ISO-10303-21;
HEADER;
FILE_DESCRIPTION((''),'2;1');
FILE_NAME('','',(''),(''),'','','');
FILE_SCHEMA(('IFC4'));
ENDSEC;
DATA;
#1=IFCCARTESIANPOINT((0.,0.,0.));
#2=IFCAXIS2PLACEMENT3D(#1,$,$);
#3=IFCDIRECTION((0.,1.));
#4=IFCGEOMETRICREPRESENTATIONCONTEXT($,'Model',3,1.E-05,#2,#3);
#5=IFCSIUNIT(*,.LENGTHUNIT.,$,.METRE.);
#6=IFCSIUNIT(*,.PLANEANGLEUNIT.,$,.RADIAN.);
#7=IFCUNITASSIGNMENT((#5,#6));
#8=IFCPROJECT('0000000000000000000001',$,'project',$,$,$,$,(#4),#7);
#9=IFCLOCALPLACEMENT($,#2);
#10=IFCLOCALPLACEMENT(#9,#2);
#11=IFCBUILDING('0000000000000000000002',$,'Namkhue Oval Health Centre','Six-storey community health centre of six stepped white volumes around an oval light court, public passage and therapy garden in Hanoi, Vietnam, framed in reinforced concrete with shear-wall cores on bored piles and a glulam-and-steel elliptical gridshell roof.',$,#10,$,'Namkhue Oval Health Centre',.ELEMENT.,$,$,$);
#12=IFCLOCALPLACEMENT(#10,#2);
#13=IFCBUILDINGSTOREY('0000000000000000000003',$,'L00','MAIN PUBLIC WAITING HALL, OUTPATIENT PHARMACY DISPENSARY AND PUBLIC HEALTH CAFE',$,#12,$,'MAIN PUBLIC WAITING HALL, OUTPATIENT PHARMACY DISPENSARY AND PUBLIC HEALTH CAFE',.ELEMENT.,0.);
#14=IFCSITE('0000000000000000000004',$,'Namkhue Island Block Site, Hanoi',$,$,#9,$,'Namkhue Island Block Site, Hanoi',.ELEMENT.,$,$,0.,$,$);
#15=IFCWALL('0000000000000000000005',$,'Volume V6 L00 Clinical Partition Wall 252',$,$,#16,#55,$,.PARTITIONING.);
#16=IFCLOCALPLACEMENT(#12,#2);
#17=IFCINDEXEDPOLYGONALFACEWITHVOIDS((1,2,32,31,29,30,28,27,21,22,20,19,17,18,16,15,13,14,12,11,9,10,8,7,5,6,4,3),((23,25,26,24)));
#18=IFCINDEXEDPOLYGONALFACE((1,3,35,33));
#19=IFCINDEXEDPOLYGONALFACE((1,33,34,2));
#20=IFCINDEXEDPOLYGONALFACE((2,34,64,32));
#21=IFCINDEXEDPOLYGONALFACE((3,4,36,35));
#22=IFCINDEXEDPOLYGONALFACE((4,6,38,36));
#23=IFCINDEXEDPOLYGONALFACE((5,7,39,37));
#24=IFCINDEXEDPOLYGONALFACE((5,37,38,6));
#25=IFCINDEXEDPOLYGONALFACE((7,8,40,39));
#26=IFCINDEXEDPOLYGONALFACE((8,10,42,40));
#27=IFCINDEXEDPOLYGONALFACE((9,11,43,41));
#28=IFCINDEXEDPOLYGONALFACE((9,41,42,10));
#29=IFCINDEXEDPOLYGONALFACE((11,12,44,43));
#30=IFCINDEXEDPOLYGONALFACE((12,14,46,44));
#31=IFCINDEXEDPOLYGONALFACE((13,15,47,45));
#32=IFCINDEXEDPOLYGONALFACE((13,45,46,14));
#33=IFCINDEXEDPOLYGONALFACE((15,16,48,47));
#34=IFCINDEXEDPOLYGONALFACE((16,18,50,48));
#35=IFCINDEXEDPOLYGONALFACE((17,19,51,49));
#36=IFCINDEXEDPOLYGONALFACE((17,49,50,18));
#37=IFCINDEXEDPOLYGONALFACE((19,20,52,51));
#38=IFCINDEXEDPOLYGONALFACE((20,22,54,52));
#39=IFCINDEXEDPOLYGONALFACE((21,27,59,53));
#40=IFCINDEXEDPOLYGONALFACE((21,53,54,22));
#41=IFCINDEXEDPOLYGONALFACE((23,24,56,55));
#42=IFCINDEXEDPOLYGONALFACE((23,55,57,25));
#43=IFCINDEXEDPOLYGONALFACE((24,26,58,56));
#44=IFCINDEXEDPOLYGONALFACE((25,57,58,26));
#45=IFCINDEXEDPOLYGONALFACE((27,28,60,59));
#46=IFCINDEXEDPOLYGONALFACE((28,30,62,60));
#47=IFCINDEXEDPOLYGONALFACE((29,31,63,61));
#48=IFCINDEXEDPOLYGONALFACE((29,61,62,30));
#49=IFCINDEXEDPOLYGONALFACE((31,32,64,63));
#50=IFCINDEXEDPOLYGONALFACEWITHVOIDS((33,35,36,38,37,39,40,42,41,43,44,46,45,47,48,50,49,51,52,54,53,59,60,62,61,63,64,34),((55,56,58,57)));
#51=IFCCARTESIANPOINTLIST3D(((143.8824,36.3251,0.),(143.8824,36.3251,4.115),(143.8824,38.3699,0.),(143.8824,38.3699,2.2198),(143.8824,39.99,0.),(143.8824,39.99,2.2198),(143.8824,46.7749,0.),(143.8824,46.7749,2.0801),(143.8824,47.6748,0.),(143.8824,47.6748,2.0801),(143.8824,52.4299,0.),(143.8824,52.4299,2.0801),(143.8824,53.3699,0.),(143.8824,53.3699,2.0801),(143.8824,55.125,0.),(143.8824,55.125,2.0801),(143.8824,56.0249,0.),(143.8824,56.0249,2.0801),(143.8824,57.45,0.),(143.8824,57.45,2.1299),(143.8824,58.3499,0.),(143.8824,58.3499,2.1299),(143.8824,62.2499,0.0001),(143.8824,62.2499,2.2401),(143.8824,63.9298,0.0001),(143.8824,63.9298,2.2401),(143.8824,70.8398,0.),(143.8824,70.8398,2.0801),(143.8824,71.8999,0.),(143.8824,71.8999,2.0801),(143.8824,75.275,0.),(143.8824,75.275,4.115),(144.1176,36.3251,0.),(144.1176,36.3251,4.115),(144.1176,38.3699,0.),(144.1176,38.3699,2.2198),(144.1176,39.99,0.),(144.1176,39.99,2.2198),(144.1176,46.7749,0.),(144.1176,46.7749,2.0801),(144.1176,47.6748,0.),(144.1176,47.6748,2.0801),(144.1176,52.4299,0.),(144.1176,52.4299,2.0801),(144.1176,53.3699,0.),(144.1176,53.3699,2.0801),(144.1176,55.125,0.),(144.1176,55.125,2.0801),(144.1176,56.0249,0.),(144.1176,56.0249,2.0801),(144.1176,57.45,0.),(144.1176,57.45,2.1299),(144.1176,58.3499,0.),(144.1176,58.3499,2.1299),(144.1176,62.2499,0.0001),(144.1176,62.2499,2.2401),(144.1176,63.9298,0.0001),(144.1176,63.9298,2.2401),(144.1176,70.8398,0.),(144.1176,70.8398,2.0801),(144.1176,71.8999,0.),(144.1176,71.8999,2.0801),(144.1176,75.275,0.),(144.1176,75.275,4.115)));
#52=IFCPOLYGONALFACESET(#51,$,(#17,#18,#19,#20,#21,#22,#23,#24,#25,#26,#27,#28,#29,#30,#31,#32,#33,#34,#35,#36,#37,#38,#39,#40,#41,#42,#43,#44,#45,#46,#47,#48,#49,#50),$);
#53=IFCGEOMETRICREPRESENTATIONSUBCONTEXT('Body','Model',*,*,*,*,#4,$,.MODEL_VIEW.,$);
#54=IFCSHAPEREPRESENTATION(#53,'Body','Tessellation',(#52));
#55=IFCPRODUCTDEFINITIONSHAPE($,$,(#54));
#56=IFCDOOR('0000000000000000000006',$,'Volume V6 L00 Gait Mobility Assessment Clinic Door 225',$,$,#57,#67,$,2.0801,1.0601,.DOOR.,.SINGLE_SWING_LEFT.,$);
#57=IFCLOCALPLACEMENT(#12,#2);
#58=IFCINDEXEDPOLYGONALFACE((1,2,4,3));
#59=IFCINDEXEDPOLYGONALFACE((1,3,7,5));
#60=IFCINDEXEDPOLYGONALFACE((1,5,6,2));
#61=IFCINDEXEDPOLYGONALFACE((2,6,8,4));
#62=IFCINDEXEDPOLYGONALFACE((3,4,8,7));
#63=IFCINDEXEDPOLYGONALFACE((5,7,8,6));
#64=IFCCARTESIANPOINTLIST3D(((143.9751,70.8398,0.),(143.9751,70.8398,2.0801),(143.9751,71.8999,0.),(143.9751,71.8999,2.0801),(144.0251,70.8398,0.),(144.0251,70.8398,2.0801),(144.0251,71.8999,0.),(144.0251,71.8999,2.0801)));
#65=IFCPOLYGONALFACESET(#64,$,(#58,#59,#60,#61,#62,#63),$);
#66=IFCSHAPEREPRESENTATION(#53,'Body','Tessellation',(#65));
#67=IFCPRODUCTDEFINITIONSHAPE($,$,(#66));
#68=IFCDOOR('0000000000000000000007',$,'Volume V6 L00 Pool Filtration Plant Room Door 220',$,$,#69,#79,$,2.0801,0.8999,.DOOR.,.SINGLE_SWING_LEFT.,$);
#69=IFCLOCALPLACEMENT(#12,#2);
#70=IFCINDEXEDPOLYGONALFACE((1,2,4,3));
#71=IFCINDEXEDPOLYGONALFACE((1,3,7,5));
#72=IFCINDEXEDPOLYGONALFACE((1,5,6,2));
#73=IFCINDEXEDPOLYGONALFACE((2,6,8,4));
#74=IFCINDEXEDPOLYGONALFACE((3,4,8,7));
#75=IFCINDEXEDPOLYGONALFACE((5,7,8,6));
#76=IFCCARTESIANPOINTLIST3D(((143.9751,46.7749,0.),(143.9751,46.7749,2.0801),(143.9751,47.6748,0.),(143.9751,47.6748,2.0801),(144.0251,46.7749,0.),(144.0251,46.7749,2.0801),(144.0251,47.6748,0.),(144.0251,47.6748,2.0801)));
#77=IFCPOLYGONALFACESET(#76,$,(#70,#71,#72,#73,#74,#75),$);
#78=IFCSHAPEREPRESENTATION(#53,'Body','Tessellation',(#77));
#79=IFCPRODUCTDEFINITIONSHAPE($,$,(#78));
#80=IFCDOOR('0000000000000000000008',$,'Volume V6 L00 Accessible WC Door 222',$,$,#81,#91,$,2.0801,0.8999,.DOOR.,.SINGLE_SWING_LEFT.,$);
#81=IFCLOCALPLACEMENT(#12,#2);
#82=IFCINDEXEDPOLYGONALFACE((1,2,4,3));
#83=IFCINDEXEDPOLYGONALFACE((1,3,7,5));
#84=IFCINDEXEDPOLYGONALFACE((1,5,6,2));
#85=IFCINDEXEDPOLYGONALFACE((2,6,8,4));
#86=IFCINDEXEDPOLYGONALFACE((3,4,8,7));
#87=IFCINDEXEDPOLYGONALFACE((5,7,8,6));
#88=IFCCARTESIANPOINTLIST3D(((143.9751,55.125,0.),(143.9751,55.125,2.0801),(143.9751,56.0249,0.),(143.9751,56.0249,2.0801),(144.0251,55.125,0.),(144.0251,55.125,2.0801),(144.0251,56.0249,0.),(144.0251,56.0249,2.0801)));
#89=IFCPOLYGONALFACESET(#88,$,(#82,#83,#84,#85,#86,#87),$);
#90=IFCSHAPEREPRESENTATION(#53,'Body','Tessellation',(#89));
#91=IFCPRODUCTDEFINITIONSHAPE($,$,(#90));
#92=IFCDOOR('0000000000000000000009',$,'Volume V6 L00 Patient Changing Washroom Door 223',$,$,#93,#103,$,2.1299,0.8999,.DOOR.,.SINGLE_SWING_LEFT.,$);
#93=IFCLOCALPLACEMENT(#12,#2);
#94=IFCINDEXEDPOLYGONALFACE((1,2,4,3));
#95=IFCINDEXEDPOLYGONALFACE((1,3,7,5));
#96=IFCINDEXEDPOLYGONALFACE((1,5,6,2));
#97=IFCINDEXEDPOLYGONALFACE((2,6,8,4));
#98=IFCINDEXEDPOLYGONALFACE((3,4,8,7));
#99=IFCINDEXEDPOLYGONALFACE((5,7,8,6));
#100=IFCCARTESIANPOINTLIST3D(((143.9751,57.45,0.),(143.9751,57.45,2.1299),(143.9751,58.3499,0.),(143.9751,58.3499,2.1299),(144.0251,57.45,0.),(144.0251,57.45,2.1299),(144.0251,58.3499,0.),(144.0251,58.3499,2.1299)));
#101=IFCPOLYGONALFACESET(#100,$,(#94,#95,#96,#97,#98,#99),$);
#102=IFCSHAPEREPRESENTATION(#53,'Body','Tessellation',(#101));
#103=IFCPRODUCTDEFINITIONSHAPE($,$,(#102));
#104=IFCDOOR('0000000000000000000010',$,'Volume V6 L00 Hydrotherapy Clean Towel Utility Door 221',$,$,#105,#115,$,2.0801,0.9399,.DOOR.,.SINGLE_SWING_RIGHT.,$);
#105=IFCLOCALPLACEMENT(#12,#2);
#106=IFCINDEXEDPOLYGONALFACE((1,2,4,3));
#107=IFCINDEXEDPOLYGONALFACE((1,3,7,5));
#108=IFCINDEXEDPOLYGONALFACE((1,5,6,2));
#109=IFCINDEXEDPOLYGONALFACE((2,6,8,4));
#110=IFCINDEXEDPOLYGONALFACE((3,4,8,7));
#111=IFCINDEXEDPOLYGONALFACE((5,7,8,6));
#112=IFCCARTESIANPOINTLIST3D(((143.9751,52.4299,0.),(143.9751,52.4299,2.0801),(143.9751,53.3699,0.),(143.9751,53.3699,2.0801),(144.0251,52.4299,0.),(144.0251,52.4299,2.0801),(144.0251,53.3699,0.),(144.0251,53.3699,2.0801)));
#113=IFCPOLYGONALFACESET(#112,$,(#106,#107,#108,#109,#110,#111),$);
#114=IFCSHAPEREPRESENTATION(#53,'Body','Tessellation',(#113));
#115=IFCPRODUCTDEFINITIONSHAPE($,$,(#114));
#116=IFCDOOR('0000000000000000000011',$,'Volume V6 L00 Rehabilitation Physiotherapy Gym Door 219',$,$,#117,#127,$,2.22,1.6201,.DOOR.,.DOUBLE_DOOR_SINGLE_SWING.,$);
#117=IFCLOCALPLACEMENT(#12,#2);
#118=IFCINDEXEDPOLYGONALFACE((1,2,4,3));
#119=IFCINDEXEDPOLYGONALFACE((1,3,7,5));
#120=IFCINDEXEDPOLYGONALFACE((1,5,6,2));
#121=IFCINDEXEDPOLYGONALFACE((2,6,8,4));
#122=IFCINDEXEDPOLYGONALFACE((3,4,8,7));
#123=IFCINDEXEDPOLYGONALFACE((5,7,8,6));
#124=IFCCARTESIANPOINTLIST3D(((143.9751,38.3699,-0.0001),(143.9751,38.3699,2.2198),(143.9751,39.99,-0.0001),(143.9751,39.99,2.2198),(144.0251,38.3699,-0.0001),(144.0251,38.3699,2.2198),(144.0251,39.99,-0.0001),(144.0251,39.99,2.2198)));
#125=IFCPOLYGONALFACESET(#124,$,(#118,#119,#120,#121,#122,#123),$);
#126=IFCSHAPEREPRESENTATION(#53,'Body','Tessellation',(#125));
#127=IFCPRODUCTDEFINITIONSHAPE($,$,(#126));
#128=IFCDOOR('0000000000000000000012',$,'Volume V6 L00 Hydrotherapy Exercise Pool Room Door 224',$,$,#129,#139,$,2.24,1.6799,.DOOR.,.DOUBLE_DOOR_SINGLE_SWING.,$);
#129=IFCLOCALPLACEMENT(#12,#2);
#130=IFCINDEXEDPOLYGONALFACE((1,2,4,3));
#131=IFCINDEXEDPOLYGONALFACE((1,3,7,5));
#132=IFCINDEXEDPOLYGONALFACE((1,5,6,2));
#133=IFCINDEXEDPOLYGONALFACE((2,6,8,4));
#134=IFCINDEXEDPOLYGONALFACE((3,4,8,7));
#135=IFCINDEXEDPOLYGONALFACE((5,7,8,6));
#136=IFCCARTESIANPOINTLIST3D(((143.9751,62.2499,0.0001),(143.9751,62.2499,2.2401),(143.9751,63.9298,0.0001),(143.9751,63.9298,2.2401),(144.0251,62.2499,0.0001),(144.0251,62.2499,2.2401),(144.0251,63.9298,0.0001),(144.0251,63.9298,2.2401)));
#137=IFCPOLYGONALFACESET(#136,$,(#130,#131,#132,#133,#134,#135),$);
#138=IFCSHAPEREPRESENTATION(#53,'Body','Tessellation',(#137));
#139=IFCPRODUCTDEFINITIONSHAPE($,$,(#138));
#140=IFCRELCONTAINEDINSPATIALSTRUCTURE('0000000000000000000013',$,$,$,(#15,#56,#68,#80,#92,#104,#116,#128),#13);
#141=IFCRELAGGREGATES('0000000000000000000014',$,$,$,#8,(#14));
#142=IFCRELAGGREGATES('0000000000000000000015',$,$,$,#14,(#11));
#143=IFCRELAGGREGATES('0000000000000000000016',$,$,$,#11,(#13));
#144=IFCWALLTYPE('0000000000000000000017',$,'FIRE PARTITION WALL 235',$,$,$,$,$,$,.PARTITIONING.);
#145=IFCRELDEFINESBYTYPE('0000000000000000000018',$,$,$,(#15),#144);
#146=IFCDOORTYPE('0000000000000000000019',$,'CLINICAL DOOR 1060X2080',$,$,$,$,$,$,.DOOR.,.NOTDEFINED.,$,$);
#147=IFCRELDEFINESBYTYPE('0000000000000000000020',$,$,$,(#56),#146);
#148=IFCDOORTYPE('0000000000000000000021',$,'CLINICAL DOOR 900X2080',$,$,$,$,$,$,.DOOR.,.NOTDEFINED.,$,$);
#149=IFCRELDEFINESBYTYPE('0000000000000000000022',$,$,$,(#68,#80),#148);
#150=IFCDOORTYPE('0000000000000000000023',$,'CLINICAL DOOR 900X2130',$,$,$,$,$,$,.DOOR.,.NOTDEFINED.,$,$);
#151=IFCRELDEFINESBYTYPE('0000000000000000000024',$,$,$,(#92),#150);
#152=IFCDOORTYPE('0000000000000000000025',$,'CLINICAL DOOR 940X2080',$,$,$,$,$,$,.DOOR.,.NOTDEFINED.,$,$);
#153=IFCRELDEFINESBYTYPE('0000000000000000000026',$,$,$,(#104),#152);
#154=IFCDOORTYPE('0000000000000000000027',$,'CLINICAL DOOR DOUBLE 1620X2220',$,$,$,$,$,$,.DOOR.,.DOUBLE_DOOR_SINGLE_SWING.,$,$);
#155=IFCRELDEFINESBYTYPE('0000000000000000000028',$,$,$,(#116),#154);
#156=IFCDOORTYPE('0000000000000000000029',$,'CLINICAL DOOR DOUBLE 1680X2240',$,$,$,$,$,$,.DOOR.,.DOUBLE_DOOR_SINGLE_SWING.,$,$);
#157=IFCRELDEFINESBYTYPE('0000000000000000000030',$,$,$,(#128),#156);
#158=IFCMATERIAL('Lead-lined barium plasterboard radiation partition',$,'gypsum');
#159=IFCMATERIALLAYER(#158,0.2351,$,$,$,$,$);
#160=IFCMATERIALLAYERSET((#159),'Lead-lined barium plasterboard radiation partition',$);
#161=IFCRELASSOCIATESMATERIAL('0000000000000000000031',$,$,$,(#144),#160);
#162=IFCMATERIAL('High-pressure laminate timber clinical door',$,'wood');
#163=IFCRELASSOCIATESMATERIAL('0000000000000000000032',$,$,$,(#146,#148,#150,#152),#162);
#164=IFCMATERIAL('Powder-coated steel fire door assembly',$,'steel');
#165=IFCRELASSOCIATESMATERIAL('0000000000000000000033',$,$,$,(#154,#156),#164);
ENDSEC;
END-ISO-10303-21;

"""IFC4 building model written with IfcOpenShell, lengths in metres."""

from ifc_helpers import new_model, si_unit, direction, frame, frame_2d, origin, place, context, subcontext, project, spatial, rectangle, extrude, material, layer, layer_set, type_object, element, fill, save


model = new_model("IFC4")

# Units and contexts
model_context = context("Model", 3, precision=1e-05, world=origin(), true_north=direction((0.0, 1.0)))
body_context = subcontext(model_context, "Body", "Model", "MODEL_VIEW")
ifc_project = project(units=[si_unit("LENGTHUNIT", "METRE"), si_unit("PLANEANGLEUNIT", "RADIAN")], contexts=[model_context])

# Site, building, storey
site_placement = place(None, origin())
site = spatial("IfcSite", under=ifc_project, at=site_placement, Name="Namkhue Island Block Site, Hanoi", LongName="Namkhue Island Block Site, Hanoi", CompositionType="ELEMENT", RefElevation=0.0)
building_placement = place(site_placement, origin())
building = spatial("IfcBuilding", under=site, at=building_placement, Name="Namkhue Oval Health Centre", Description="Six-storey community health centre of six stepped white volumes around an oval light court, public passage and therapy garden in Hanoi, Vietnam, framed in reinforced concrete with shear-wall cores on bored piles and a glulam-and-steel elliptical gridshell roof.", LongName="Namkhue Oval Health Centre", CompositionType="ELEMENT")
storey_placement = place(building_placement, origin())
storey = spatial("IfcBuildingStorey", under=building, at=storey_placement, Name="L00", Description="MAIN PUBLIC WAITING HALL, OUTPATIENT PHARMACY DISPENSARY AND PUBLIC HEALTH CAFE", LongName="MAIN PUBLIC WAITING HALL, OUTPATIENT PHARMACY DISPENSARY AND PUBLIC HEALTH CAFE", CompositionType="ELEMENT", Elevation=0.0)

# Wall, openings, doors
ifc_material_1 = material(Name="Lead-lined barium plasterboard radiation partition", Category="gypsum")
ifc_layer_1 = layer(ifc_material_1, 0.2351)
ifc_layer_set_1 = layer_set([ifc_layer_1], Name="Lead-lined barium plasterboard radiation partition")
wall_type_1 = type_object("IfcWallType", Name="FIRE PARTITION WALL 235", PredefinedType="PARTITIONING", material=ifc_layer_set_1)
wall_1_placement = place(storey_placement, frame((144.0, 36.325, 0.0), z_axis=(0.0, 0.0, 1.0), x_axis=(0.0, 1.0, 0.0)))
wall_1 = element("IfcWall", 1, at=wall_1_placement, inside=storey, type_object=wall_type_1, Name="Volume V6 L00 Clinical Partition Wall 252", PredefinedType="PARTITIONING", context=body_context, shape_type="SweptSolid", body=[
    extrude(rectangle(XDim=38.95, YDim=0.2351, at=frame_2d((19.4751, 0.0))), origin(), (0.0, 0.0, 1.0), 4.115),
])
opening_1_placement = place(wall_1_placement, frame((2.0449, 0.0, 0.0)))
opening_1 = element("IfcOpeningElement", 2, at=opening_1_placement, cuts=wall_1, PredefinedType="OPENING", context=body_context, shape_type="SweptSolid", body=[
    extrude(rectangle(XDim=1.6201, YDim=2.22, at=frame_2d((0.8101, 1.1099))), frame((0.0, 0.1274, 0.0), z_axis=(0.0, -1.0, 0.0), x_axis=(1.0, 0.0, 0.0)), (0.0, 0.0, 1.0), 0.2551),
])
opening_2_placement = place(wall_1_placement, frame((10.45, 0.0, 0.0)))
opening_2 = element("IfcOpeningElement", 3, at=opening_2_placement, cuts=wall_1, PredefinedType="OPENING", context=body_context, shape_type="SweptSolid", body=[
    extrude(rectangle(XDim=0.8999, YDim=2.0801, at=frame_2d((0.45, 1.04))), frame((0.0, 0.1274, 0.0), z_axis=(0.0, -1.0, 0.0), x_axis=(1.0, 0.0, 0.0)), (0.0, 0.0, 1.0), 0.2551),
])
opening_3_placement = place(wall_1_placement, frame((16.105, 0.0, 0.0)))
opening_3 = element("IfcOpeningElement", 4, at=opening_3_placement, cuts=wall_1, PredefinedType="OPENING", context=body_context, shape_type="SweptSolid", body=[
    extrude(rectangle(XDim=0.9399, YDim=2.0801, at=frame_2d((0.47, 1.04))), frame((0.0, 0.1274, 0.0), z_axis=(0.0, -1.0, 0.0), x_axis=(1.0, 0.0, 0.0)), (0.0, 0.0, 1.0), 0.2551),
])
opening_4_placement = place(wall_1_placement, frame((18.8, 0.0, 0.0)))
opening_4 = element("IfcOpeningElement", 5, at=opening_4_placement, cuts=wall_1, PredefinedType="OPENING", context=body_context, shape_type="SweptSolid", body=[
    extrude(rectangle(XDim=0.8999, YDim=2.0801, at=frame_2d((0.45, 1.04))), frame((0.0, 0.1274, 0.0), z_axis=(0.0, -1.0, 0.0), x_axis=(1.0, 0.0, 0.0)), (0.0, 0.0, 1.0), 0.2551),
])
opening_5_placement = place(wall_1_placement, frame((21.125, 0.0, 0.0)))
opening_5 = element("IfcOpeningElement", 6, at=opening_5_placement, cuts=wall_1, PredefinedType="OPENING", context=body_context, shape_type="SweptSolid", body=[
    extrude(rectangle(XDim=0.8999, YDim=2.1299, at=frame_2d((0.45, 1.0649))), frame((0.0, 0.1274, 0.0), z_axis=(0.0, -1.0, 0.0), x_axis=(1.0, 0.0, 0.0)), (0.0, 0.0, 1.0), 0.2551),
])
opening_6_placement = place(wall_1_placement, frame((25.925, 0.0, 0.0)))
opening_6 = element("IfcOpeningElement", 7, at=opening_6_placement, cuts=wall_1, PredefinedType="OPENING", context=body_context, shape_type="SweptSolid", body=[
    extrude(rectangle(XDim=1.6799, YDim=2.24, at=frame_2d((0.8398, 1.1201))), frame((0.0, 0.1274, 0.0), z_axis=(0.0, -1.0, 0.0), x_axis=(1.0, 0.0, 0.0)), (0.0, 0.0, 1.0), 0.2551),
])
opening_7_placement = place(wall_1_placement, frame((34.5149, 0.0, 0.0)))
opening_7 = element("IfcOpeningElement", 8, at=opening_7_placement, cuts=wall_1, PredefinedType="OPENING", context=body_context, shape_type="SweptSolid", body=[
    extrude(rectangle(XDim=1.0601, YDim=2.0801, at=frame_2d((0.53, 1.04))), frame((0.0, 0.1274, 0.0), z_axis=(0.0, -1.0, 0.0), x_axis=(1.0, 0.0, 0.0)), (0.0, 0.0, 1.0), 0.2551),
])
ifc_material_2 = material(Name="High-pressure laminate timber clinical door", Category="wood")
door_type_1 = type_object("IfcDoorType", Name="CLINICAL DOOR 1060X2080", OperationType="NOTDEFINED", PredefinedType="DOOR", material=ifc_material_2)
door_1_placement = place(opening_7_placement, origin())
door_1 = element("IfcDoor", 9, at=door_1_placement, inside=storey, type_object=door_type_1, Name="Volume V6 L00 Gait Mobility Assessment Clinic Door 225", OperationType="SINGLE_SWING_LEFT", OverallHeight=2.0801, OverallWidth=1.0601, PredefinedType="DOOR", context=body_context, shape_type="SweptSolid", body=[
    extrude(rectangle(XDim=1.0601, YDim=2.0801, at=frame_2d((0.53, 1.04))), frame((0.0, 0.0249, 0.0), z_axis=(0.0, -1.0, 0.0), x_axis=(1.0, 0.0, 0.0)), (0.0, 0.0, 1.0), 0.05),
])
fill(opening_7, door_1)
door_type_2 = type_object("IfcDoorType", Name="CLINICAL DOOR 900X2080", OperationType="NOTDEFINED", PredefinedType="DOOR", material=ifc_material_2)
door_2_placement = place(opening_2_placement, origin())
door_2 = element("IfcDoor", 10, at=door_2_placement, inside=storey, type_object=door_type_2, Name="Volume V6 L00 Pool Filtration Plant Room Door 220", OperationType="SINGLE_SWING_LEFT", OverallHeight=2.0801, OverallWidth=0.8999, PredefinedType="DOOR", context=body_context, shape_type="SweptSolid", body=[
    extrude(rectangle(XDim=0.8999, YDim=2.0801, at=frame_2d((0.45, 1.04))), frame((0.0, 0.0249, 0.0), z_axis=(0.0, -1.0, 0.0), x_axis=(1.0, 0.0, 0.0)), (0.0, 0.0, 1.0), 0.05),
])
fill(opening_2, door_2)
door_3_placement = place(opening_4_placement, origin())
door_3 = element("IfcDoor", 11, at=door_3_placement, inside=storey, type_object=door_type_2, Name="Volume V6 L00 Accessible WC Door 222", OperationType="SINGLE_SWING_LEFT", OverallHeight=2.0801, OverallWidth=0.8999, PredefinedType="DOOR", context=body_context, shape_type="SweptSolid", body=[
    extrude(rectangle(XDim=0.8999, YDim=2.0801, at=frame_2d((0.45, 1.04))), frame((0.0, 0.0249, 0.0), z_axis=(0.0, -1.0, 0.0), x_axis=(1.0, 0.0, 0.0)), (0.0, 0.0, 1.0), 0.05),
])
fill(opening_4, door_3)
door_type_3 = type_object("IfcDoorType", Name="CLINICAL DOOR 900X2130", OperationType="NOTDEFINED", PredefinedType="DOOR", material=ifc_material_2)
door_4_placement = place(opening_5_placement, origin())
door_4 = element("IfcDoor", 12, at=door_4_placement, inside=storey, type_object=door_type_3, Name="Volume V6 L00 Patient Changing Washroom Door 223", OperationType="SINGLE_SWING_LEFT", OverallHeight=2.1299, OverallWidth=0.8999, PredefinedType="DOOR", context=body_context, shape_type="SweptSolid", body=[
    extrude(rectangle(XDim=0.8999, YDim=2.1299, at=frame_2d((0.45, 1.0649))), frame((0.0, 0.0249, 0.0), z_axis=(0.0, -1.0, 0.0), x_axis=(1.0, 0.0, 0.0)), (0.0, 0.0, 1.0), 0.05),
])
fill(opening_5, door_4)
door_type_4 = type_object("IfcDoorType", Name="CLINICAL DOOR 940X2080", OperationType="NOTDEFINED", PredefinedType="DOOR", material=ifc_material_2)
door_5_placement = place(opening_3_placement, origin())
door_5 = element("IfcDoor", 13, at=door_5_placement, inside=storey, type_object=door_type_4, Name="Volume V6 L00 Hydrotherapy Clean Towel Utility Door 221", OperationType="SINGLE_SWING_RIGHT", OverallHeight=2.0801, OverallWidth=0.9399, PredefinedType="DOOR", context=body_context, shape_type="SweptSolid", body=[
    extrude(rectangle(XDim=0.9399, YDim=2.0801, at=frame_2d((0.47, 1.04))), frame((0.0, 0.0249, 0.0), z_axis=(0.0, -1.0, 0.0), x_axis=(1.0, 0.0, 0.0)), (0.0, 0.0, 1.0), 0.05),
])
fill(opening_3, door_5)
ifc_material_3 = material(Name="Powder-coated steel fire door assembly", Category="steel")
door_type_5 = type_object("IfcDoorType", Name="CLINICAL DOOR DOUBLE 1620X2220", OperationType="DOUBLE_DOOR_SINGLE_SWING", PredefinedType="DOOR", material=ifc_material_3)
door_6_placement = place(opening_1_placement, origin())
door_6 = element("IfcDoor", 14, at=door_6_placement, inside=storey, type_object=door_type_5, Name="Volume V6 L00 Rehabilitation Physiotherapy Gym Door 219", OperationType="DOUBLE_DOOR_SINGLE_SWING", OverallHeight=2.22, OverallWidth=1.6201, PredefinedType="DOOR", context=body_context, shape_type="SweptSolid", body=[
    extrude(rectangle(XDim=1.6201, YDim=2.22, at=frame_2d((0.8101, 1.1099))), frame((0.0, 0.0249, 0.0), z_axis=(0.0, -1.0, 0.0), x_axis=(1.0, 0.0, 0.0)), (0.0, 0.0, 1.0), 0.05),
])
fill(opening_1, door_6)
door_type_6 = type_object("IfcDoorType", Name="CLINICAL DOOR DOUBLE 1680X2240", OperationType="DOUBLE_DOOR_SINGLE_SWING", PredefinedType="DOOR", material=ifc_material_3)
door_7_placement = place(opening_6_placement, origin())
door_7 = element("IfcDoor", 15, at=door_7_placement, inside=storey, type_object=door_type_6, Name="Volume V6 L00 Hydrotherapy Exercise Pool Room Door 224", OperationType="DOUBLE_DOOR_SINGLE_SWING", OverallHeight=2.24, OverallWidth=1.6799, PredefinedType="DOOR", context=body_context, shape_type="SweptSolid", body=[
    extrude(rectangle(XDim=1.6799, YDim=2.24, at=frame_2d((0.8398, 1.1201))), frame((0.0, 0.0249, 0.0), z_axis=(0.0, -1.0, 0.0), x_axis=(1.0, 0.0, 0.0)), (0.0, 0.0, 1.0), 0.05),
])
fill(opening_6, door_7)

save(model, "model.ifc")
